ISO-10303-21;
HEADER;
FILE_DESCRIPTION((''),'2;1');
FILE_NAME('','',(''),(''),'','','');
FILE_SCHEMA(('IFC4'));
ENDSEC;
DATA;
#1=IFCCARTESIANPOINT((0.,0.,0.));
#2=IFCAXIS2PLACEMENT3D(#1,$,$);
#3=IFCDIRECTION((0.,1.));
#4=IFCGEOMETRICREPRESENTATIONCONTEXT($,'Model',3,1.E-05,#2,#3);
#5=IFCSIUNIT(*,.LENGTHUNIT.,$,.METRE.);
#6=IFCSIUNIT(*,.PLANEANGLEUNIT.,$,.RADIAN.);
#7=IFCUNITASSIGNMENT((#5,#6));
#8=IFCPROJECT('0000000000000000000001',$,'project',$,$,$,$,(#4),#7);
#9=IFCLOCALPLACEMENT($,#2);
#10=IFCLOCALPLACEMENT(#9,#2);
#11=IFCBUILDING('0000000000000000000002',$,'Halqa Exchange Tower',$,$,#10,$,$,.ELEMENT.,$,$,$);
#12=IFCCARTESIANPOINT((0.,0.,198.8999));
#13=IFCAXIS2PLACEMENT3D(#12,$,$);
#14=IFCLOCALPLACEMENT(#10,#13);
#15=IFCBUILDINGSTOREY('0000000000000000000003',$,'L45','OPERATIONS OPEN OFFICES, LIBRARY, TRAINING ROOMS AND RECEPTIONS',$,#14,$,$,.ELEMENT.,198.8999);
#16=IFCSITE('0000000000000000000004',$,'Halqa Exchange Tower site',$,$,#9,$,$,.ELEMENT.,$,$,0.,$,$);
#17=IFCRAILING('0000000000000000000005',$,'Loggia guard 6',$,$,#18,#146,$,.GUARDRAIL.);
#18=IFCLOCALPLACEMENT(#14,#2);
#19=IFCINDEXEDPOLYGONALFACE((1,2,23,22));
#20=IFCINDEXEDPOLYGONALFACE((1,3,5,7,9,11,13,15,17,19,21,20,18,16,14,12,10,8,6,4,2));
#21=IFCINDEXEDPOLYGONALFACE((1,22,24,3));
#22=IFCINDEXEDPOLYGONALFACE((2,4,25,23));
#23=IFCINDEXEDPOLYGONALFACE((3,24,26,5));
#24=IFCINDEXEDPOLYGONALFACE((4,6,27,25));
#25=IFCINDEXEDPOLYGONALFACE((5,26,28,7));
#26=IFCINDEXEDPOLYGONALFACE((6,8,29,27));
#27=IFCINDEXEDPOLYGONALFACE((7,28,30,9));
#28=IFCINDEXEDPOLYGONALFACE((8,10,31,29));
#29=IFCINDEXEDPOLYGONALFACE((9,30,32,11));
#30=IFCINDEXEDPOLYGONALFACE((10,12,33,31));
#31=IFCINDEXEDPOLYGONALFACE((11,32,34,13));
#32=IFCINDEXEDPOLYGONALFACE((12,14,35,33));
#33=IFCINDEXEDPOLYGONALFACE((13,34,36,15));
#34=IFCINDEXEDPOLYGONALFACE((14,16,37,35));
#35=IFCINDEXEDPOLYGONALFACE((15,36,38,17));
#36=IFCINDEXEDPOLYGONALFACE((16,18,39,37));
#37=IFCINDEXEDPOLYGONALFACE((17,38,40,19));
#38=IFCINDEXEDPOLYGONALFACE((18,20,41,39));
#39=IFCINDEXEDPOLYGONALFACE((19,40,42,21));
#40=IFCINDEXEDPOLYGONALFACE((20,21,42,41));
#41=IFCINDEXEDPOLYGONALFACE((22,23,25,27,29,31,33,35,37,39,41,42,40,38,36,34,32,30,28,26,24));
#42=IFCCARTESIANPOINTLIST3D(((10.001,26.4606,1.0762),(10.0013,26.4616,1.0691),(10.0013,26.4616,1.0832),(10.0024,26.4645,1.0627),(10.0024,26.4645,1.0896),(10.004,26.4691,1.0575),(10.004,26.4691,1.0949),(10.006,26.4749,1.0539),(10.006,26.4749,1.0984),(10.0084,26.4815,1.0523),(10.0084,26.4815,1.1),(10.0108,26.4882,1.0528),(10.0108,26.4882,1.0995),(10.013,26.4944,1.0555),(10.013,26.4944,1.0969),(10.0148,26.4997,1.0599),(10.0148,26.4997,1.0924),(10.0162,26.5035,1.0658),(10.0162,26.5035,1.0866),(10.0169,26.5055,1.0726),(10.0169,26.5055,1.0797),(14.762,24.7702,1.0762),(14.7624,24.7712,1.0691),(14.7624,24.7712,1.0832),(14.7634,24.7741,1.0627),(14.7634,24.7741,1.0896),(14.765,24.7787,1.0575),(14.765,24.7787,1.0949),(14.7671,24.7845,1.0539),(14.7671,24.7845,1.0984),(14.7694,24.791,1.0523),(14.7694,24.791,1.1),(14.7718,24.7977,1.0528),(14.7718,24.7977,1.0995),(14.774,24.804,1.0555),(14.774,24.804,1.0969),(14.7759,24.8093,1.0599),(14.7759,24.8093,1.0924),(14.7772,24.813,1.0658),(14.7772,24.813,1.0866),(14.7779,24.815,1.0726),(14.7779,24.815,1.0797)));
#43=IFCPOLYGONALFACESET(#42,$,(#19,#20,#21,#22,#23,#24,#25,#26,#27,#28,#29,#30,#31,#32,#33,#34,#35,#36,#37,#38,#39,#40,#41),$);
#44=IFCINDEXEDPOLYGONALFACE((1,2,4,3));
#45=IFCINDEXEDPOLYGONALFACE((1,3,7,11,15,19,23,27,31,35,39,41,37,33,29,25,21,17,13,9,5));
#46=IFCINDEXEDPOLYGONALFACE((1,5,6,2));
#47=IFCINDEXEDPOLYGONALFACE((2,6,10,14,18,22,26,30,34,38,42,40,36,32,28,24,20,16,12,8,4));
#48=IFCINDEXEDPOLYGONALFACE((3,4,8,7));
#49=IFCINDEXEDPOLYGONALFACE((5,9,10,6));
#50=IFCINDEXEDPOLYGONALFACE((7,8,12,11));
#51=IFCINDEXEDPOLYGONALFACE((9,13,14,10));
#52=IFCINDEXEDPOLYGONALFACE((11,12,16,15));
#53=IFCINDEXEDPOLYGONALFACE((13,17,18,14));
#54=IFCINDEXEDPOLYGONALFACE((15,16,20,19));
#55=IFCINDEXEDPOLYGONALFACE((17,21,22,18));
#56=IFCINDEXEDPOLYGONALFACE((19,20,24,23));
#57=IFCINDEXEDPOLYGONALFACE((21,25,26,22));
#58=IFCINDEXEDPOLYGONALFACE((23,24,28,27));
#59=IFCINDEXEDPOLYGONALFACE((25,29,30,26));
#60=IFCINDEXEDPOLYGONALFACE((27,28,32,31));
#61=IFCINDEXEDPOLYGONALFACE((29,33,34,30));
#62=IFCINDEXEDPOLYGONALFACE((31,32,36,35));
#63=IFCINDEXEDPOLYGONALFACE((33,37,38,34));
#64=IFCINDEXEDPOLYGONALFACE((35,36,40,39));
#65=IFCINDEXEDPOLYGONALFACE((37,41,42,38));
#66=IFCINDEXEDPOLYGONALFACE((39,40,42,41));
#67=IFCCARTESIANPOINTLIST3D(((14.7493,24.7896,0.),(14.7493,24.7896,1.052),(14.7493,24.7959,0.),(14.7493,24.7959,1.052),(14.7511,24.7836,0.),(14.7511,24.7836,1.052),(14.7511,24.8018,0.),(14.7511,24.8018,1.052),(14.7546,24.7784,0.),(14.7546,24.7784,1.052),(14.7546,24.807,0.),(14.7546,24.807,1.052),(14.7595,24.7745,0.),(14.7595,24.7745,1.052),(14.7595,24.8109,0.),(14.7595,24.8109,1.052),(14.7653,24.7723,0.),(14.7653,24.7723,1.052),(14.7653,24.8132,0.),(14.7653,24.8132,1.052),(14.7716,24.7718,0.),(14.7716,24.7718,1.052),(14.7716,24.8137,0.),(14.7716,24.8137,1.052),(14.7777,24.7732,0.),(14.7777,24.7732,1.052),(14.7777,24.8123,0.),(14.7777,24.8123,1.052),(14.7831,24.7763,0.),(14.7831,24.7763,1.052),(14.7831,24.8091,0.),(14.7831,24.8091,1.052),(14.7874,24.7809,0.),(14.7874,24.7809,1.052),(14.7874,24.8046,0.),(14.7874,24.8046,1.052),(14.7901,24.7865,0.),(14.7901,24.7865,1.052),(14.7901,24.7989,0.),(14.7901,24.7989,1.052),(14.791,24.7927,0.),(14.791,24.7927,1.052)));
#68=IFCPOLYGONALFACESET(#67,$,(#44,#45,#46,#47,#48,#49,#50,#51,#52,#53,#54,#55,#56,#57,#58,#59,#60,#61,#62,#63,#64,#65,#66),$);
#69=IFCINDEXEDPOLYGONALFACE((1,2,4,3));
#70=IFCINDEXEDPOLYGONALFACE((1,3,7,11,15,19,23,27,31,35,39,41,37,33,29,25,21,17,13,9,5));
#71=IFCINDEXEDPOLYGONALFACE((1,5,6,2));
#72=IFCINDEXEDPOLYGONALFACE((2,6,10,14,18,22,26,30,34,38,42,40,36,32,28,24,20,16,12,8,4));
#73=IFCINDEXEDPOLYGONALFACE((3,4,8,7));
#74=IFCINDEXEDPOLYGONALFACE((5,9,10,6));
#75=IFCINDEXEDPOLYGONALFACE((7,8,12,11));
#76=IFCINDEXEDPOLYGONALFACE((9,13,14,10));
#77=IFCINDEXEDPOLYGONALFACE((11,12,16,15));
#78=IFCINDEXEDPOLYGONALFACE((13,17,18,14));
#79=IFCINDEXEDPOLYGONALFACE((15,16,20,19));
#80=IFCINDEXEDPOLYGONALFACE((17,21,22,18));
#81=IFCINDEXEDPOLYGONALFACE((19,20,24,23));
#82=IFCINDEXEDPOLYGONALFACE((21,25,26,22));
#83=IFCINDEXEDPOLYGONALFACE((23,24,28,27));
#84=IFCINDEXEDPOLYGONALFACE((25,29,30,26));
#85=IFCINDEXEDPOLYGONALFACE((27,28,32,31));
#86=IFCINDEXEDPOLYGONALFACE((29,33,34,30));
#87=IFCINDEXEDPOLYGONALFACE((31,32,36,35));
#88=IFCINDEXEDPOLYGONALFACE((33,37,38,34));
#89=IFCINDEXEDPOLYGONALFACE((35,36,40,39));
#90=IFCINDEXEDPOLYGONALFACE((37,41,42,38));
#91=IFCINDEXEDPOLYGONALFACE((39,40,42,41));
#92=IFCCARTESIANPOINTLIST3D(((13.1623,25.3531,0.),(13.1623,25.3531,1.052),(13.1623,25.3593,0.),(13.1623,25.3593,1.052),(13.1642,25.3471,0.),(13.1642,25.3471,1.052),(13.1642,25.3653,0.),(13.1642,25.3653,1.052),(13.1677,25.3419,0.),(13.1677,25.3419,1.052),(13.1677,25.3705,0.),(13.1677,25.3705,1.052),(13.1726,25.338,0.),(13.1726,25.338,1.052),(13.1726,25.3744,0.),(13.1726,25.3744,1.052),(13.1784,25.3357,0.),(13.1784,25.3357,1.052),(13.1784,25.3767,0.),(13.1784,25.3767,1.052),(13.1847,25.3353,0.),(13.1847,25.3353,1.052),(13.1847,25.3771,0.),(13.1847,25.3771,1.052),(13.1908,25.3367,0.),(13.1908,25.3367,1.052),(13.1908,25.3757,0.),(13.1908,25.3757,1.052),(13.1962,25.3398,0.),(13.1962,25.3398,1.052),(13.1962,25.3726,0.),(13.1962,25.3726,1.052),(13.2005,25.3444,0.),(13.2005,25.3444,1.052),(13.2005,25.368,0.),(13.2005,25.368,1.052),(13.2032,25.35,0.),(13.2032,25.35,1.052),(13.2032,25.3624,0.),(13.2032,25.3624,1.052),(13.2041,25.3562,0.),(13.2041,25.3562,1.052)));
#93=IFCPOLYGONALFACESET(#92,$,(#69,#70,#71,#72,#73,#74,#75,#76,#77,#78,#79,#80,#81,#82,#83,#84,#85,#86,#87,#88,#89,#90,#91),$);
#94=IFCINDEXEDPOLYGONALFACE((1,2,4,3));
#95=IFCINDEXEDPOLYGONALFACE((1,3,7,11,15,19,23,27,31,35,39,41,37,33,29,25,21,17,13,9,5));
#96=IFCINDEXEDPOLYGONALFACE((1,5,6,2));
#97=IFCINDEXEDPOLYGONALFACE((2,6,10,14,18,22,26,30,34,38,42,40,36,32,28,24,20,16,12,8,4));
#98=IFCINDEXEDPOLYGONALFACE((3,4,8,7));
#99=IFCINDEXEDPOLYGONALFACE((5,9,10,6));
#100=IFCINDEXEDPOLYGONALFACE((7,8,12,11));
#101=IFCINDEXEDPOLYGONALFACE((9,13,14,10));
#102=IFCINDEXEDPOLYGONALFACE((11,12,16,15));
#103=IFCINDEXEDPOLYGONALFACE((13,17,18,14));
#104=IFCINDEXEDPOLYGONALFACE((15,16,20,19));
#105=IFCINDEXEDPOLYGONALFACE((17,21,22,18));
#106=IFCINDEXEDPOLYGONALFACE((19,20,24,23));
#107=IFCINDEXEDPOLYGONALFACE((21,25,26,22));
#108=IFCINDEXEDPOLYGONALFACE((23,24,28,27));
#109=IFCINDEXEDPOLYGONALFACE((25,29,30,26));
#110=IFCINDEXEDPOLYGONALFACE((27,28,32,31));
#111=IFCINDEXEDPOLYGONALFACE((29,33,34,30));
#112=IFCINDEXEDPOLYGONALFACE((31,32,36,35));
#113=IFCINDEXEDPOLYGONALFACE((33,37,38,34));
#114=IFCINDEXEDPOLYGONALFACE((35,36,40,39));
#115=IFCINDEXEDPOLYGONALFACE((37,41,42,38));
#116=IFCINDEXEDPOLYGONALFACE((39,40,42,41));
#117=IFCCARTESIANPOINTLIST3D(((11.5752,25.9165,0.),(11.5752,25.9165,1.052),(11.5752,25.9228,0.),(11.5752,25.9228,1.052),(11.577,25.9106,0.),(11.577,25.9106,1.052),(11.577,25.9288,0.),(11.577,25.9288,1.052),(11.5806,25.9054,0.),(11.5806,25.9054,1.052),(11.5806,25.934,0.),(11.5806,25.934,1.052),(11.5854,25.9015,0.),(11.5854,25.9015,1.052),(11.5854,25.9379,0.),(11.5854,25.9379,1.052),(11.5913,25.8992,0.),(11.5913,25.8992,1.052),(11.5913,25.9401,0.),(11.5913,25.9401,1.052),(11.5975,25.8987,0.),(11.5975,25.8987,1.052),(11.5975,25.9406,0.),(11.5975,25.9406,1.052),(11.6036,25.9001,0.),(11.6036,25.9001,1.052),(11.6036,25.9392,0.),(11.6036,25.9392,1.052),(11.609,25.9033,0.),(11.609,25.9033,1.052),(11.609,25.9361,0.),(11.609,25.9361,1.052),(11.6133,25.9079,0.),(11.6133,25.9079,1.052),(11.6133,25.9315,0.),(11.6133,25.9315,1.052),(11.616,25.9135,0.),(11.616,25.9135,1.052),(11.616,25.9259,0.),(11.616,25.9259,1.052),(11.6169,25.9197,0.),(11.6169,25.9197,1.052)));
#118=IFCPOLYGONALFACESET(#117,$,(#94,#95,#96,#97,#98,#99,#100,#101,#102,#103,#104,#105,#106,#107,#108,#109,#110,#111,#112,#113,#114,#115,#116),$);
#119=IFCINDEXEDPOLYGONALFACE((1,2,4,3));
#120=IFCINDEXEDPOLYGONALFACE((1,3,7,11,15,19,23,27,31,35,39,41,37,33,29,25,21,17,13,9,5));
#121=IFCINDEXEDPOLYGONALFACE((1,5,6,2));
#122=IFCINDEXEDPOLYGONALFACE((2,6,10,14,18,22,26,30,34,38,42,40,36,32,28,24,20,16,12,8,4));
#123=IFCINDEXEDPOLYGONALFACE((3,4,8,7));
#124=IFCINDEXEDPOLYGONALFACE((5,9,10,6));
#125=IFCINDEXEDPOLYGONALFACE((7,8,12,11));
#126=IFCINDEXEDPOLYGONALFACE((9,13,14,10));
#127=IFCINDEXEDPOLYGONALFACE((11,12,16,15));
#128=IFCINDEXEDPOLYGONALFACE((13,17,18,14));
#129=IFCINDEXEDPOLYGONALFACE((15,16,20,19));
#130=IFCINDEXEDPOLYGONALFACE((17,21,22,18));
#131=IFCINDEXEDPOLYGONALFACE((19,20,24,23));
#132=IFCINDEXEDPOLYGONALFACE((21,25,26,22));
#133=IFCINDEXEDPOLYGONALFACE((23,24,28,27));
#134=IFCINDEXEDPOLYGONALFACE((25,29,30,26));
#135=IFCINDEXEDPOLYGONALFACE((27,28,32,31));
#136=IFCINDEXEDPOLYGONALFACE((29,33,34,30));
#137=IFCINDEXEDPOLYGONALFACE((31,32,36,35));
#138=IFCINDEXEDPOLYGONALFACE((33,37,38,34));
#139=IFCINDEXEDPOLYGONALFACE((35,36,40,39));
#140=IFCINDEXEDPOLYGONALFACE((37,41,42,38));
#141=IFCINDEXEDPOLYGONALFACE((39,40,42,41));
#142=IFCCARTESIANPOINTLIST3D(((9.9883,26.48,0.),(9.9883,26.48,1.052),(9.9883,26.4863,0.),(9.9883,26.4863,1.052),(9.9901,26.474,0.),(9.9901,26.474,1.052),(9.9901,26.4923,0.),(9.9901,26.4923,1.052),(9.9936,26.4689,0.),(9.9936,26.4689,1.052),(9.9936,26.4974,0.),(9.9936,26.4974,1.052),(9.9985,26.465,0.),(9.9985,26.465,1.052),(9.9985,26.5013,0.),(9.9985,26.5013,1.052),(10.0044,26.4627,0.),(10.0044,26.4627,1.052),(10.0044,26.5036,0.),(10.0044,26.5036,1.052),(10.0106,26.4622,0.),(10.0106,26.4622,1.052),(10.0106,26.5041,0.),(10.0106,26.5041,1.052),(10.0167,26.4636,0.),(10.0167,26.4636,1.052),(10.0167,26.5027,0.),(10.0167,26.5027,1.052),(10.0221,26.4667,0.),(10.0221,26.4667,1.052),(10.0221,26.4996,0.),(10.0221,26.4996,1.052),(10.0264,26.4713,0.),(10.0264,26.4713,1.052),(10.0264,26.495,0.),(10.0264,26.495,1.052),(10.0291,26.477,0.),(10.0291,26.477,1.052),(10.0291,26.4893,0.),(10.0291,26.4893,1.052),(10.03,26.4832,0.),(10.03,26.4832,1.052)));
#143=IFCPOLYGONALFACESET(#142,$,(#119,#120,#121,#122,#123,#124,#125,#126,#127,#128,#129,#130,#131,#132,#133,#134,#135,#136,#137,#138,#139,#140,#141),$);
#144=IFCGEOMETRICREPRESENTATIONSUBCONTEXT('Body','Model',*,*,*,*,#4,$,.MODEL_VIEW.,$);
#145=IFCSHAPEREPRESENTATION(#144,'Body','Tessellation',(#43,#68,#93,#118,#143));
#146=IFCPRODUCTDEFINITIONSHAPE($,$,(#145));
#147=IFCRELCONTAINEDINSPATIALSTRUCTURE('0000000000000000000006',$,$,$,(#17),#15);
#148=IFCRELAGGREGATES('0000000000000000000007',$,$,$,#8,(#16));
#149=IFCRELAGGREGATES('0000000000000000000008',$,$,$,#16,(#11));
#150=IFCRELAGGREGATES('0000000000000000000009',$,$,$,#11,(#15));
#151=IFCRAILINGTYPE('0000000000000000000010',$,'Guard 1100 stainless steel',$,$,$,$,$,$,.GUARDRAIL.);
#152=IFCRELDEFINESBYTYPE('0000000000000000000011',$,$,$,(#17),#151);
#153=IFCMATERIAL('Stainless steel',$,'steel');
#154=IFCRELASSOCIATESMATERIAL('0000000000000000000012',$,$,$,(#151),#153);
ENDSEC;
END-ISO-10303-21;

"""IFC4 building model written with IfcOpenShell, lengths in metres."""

from ifc_helpers import new_model, si_unit, direction, frame, origin, origin_2d, place, context, subcontext, project, spatial, circle, extrude, material, type_object, element, save


model = new_model("IFC4")

# Units and contexts
model_context = context("Model", 3, precision=1e-05, world=origin(), true_north=direction((0.0, 1.0)))
body_context = subcontext(model_context, "Body", "Model", "MODEL_VIEW")
ifc_project = project(units=[si_unit("LENGTHUNIT", "METRE"), si_unit("PLANEANGLEUNIT", "RADIAN")], contexts=[model_context])

# Site, building, storey
site_placement = place(None, origin())
site = spatial("IfcSite", under=ifc_project, at=site_placement, Name="Halqa Exchange Tower site", CompositionType="ELEMENT", RefElevation=0.0)
building_placement = place(site_placement, origin())
building = spatial("IfcBuilding", under=site, at=building_placement, Name="Halqa Exchange Tower", CompositionType="ELEMENT")
storey_placement = place(building_placement, frame((0.0, 0.0, 198.8999)))
storey = spatial("IfcBuildingStorey", under=building, at=storey_placement, Name="L45", Description="OPERATIONS OPEN OFFICES, LIBRARY, TRAINING ROOMS AND RECEPTIONS", CompositionType="ELEMENT", Elevation=198.8999)

# Railing
ifc_material_1 = material(Name="Stainless steel", Category="steel")
railing_type = type_object("IfcRailingType", Name="Guard 1100 stainless steel", PredefinedType="GUARDRAIL", material=ifc_material_1)
railing_1_placement = place(storey_placement, frame((14.77, 24.7927, 0.0)))
element("IfcRailing", 1, at=railing_1_placement, inside=storey, type_object=railing_type, Name="Loggia guard 6", PredefinedType="GUARDRAIL", context=body_context, shape_type="SweptSolid", body=[
    extrude(circle(Radius=0.0239, at=origin_2d()), frame((0.0, 0.0, 1.0762), z_axis=(-0.942362, 0.334594, 0.0), x_axis=(-0.334594, -0.942362, 0.0)), (0.0, 0.0, 1.0), 5.0522),
    extrude(circle(Radius=0.021, at=origin_2d()), origin(), (0.0, 0.0, 1.0), 1.052),
    extrude(circle(Radius=0.021, at=origin_2d()), frame((-1.5869, 0.5635, 0.0)), (0.0, 0.0, 1.0), 1.052),
    extrude(circle(Radius=0.021, at=origin_2d()), frame((-3.1741, 1.127, 0.0)), (0.0, 0.0, 1.0), 1.052),
    extrude(circle(Radius=0.021, at=origin_2d()), frame((-4.761, 1.6904, 0.0)), (0.0, 0.0, 1.0), 1.052),
])

save(model, "model.ifc")
